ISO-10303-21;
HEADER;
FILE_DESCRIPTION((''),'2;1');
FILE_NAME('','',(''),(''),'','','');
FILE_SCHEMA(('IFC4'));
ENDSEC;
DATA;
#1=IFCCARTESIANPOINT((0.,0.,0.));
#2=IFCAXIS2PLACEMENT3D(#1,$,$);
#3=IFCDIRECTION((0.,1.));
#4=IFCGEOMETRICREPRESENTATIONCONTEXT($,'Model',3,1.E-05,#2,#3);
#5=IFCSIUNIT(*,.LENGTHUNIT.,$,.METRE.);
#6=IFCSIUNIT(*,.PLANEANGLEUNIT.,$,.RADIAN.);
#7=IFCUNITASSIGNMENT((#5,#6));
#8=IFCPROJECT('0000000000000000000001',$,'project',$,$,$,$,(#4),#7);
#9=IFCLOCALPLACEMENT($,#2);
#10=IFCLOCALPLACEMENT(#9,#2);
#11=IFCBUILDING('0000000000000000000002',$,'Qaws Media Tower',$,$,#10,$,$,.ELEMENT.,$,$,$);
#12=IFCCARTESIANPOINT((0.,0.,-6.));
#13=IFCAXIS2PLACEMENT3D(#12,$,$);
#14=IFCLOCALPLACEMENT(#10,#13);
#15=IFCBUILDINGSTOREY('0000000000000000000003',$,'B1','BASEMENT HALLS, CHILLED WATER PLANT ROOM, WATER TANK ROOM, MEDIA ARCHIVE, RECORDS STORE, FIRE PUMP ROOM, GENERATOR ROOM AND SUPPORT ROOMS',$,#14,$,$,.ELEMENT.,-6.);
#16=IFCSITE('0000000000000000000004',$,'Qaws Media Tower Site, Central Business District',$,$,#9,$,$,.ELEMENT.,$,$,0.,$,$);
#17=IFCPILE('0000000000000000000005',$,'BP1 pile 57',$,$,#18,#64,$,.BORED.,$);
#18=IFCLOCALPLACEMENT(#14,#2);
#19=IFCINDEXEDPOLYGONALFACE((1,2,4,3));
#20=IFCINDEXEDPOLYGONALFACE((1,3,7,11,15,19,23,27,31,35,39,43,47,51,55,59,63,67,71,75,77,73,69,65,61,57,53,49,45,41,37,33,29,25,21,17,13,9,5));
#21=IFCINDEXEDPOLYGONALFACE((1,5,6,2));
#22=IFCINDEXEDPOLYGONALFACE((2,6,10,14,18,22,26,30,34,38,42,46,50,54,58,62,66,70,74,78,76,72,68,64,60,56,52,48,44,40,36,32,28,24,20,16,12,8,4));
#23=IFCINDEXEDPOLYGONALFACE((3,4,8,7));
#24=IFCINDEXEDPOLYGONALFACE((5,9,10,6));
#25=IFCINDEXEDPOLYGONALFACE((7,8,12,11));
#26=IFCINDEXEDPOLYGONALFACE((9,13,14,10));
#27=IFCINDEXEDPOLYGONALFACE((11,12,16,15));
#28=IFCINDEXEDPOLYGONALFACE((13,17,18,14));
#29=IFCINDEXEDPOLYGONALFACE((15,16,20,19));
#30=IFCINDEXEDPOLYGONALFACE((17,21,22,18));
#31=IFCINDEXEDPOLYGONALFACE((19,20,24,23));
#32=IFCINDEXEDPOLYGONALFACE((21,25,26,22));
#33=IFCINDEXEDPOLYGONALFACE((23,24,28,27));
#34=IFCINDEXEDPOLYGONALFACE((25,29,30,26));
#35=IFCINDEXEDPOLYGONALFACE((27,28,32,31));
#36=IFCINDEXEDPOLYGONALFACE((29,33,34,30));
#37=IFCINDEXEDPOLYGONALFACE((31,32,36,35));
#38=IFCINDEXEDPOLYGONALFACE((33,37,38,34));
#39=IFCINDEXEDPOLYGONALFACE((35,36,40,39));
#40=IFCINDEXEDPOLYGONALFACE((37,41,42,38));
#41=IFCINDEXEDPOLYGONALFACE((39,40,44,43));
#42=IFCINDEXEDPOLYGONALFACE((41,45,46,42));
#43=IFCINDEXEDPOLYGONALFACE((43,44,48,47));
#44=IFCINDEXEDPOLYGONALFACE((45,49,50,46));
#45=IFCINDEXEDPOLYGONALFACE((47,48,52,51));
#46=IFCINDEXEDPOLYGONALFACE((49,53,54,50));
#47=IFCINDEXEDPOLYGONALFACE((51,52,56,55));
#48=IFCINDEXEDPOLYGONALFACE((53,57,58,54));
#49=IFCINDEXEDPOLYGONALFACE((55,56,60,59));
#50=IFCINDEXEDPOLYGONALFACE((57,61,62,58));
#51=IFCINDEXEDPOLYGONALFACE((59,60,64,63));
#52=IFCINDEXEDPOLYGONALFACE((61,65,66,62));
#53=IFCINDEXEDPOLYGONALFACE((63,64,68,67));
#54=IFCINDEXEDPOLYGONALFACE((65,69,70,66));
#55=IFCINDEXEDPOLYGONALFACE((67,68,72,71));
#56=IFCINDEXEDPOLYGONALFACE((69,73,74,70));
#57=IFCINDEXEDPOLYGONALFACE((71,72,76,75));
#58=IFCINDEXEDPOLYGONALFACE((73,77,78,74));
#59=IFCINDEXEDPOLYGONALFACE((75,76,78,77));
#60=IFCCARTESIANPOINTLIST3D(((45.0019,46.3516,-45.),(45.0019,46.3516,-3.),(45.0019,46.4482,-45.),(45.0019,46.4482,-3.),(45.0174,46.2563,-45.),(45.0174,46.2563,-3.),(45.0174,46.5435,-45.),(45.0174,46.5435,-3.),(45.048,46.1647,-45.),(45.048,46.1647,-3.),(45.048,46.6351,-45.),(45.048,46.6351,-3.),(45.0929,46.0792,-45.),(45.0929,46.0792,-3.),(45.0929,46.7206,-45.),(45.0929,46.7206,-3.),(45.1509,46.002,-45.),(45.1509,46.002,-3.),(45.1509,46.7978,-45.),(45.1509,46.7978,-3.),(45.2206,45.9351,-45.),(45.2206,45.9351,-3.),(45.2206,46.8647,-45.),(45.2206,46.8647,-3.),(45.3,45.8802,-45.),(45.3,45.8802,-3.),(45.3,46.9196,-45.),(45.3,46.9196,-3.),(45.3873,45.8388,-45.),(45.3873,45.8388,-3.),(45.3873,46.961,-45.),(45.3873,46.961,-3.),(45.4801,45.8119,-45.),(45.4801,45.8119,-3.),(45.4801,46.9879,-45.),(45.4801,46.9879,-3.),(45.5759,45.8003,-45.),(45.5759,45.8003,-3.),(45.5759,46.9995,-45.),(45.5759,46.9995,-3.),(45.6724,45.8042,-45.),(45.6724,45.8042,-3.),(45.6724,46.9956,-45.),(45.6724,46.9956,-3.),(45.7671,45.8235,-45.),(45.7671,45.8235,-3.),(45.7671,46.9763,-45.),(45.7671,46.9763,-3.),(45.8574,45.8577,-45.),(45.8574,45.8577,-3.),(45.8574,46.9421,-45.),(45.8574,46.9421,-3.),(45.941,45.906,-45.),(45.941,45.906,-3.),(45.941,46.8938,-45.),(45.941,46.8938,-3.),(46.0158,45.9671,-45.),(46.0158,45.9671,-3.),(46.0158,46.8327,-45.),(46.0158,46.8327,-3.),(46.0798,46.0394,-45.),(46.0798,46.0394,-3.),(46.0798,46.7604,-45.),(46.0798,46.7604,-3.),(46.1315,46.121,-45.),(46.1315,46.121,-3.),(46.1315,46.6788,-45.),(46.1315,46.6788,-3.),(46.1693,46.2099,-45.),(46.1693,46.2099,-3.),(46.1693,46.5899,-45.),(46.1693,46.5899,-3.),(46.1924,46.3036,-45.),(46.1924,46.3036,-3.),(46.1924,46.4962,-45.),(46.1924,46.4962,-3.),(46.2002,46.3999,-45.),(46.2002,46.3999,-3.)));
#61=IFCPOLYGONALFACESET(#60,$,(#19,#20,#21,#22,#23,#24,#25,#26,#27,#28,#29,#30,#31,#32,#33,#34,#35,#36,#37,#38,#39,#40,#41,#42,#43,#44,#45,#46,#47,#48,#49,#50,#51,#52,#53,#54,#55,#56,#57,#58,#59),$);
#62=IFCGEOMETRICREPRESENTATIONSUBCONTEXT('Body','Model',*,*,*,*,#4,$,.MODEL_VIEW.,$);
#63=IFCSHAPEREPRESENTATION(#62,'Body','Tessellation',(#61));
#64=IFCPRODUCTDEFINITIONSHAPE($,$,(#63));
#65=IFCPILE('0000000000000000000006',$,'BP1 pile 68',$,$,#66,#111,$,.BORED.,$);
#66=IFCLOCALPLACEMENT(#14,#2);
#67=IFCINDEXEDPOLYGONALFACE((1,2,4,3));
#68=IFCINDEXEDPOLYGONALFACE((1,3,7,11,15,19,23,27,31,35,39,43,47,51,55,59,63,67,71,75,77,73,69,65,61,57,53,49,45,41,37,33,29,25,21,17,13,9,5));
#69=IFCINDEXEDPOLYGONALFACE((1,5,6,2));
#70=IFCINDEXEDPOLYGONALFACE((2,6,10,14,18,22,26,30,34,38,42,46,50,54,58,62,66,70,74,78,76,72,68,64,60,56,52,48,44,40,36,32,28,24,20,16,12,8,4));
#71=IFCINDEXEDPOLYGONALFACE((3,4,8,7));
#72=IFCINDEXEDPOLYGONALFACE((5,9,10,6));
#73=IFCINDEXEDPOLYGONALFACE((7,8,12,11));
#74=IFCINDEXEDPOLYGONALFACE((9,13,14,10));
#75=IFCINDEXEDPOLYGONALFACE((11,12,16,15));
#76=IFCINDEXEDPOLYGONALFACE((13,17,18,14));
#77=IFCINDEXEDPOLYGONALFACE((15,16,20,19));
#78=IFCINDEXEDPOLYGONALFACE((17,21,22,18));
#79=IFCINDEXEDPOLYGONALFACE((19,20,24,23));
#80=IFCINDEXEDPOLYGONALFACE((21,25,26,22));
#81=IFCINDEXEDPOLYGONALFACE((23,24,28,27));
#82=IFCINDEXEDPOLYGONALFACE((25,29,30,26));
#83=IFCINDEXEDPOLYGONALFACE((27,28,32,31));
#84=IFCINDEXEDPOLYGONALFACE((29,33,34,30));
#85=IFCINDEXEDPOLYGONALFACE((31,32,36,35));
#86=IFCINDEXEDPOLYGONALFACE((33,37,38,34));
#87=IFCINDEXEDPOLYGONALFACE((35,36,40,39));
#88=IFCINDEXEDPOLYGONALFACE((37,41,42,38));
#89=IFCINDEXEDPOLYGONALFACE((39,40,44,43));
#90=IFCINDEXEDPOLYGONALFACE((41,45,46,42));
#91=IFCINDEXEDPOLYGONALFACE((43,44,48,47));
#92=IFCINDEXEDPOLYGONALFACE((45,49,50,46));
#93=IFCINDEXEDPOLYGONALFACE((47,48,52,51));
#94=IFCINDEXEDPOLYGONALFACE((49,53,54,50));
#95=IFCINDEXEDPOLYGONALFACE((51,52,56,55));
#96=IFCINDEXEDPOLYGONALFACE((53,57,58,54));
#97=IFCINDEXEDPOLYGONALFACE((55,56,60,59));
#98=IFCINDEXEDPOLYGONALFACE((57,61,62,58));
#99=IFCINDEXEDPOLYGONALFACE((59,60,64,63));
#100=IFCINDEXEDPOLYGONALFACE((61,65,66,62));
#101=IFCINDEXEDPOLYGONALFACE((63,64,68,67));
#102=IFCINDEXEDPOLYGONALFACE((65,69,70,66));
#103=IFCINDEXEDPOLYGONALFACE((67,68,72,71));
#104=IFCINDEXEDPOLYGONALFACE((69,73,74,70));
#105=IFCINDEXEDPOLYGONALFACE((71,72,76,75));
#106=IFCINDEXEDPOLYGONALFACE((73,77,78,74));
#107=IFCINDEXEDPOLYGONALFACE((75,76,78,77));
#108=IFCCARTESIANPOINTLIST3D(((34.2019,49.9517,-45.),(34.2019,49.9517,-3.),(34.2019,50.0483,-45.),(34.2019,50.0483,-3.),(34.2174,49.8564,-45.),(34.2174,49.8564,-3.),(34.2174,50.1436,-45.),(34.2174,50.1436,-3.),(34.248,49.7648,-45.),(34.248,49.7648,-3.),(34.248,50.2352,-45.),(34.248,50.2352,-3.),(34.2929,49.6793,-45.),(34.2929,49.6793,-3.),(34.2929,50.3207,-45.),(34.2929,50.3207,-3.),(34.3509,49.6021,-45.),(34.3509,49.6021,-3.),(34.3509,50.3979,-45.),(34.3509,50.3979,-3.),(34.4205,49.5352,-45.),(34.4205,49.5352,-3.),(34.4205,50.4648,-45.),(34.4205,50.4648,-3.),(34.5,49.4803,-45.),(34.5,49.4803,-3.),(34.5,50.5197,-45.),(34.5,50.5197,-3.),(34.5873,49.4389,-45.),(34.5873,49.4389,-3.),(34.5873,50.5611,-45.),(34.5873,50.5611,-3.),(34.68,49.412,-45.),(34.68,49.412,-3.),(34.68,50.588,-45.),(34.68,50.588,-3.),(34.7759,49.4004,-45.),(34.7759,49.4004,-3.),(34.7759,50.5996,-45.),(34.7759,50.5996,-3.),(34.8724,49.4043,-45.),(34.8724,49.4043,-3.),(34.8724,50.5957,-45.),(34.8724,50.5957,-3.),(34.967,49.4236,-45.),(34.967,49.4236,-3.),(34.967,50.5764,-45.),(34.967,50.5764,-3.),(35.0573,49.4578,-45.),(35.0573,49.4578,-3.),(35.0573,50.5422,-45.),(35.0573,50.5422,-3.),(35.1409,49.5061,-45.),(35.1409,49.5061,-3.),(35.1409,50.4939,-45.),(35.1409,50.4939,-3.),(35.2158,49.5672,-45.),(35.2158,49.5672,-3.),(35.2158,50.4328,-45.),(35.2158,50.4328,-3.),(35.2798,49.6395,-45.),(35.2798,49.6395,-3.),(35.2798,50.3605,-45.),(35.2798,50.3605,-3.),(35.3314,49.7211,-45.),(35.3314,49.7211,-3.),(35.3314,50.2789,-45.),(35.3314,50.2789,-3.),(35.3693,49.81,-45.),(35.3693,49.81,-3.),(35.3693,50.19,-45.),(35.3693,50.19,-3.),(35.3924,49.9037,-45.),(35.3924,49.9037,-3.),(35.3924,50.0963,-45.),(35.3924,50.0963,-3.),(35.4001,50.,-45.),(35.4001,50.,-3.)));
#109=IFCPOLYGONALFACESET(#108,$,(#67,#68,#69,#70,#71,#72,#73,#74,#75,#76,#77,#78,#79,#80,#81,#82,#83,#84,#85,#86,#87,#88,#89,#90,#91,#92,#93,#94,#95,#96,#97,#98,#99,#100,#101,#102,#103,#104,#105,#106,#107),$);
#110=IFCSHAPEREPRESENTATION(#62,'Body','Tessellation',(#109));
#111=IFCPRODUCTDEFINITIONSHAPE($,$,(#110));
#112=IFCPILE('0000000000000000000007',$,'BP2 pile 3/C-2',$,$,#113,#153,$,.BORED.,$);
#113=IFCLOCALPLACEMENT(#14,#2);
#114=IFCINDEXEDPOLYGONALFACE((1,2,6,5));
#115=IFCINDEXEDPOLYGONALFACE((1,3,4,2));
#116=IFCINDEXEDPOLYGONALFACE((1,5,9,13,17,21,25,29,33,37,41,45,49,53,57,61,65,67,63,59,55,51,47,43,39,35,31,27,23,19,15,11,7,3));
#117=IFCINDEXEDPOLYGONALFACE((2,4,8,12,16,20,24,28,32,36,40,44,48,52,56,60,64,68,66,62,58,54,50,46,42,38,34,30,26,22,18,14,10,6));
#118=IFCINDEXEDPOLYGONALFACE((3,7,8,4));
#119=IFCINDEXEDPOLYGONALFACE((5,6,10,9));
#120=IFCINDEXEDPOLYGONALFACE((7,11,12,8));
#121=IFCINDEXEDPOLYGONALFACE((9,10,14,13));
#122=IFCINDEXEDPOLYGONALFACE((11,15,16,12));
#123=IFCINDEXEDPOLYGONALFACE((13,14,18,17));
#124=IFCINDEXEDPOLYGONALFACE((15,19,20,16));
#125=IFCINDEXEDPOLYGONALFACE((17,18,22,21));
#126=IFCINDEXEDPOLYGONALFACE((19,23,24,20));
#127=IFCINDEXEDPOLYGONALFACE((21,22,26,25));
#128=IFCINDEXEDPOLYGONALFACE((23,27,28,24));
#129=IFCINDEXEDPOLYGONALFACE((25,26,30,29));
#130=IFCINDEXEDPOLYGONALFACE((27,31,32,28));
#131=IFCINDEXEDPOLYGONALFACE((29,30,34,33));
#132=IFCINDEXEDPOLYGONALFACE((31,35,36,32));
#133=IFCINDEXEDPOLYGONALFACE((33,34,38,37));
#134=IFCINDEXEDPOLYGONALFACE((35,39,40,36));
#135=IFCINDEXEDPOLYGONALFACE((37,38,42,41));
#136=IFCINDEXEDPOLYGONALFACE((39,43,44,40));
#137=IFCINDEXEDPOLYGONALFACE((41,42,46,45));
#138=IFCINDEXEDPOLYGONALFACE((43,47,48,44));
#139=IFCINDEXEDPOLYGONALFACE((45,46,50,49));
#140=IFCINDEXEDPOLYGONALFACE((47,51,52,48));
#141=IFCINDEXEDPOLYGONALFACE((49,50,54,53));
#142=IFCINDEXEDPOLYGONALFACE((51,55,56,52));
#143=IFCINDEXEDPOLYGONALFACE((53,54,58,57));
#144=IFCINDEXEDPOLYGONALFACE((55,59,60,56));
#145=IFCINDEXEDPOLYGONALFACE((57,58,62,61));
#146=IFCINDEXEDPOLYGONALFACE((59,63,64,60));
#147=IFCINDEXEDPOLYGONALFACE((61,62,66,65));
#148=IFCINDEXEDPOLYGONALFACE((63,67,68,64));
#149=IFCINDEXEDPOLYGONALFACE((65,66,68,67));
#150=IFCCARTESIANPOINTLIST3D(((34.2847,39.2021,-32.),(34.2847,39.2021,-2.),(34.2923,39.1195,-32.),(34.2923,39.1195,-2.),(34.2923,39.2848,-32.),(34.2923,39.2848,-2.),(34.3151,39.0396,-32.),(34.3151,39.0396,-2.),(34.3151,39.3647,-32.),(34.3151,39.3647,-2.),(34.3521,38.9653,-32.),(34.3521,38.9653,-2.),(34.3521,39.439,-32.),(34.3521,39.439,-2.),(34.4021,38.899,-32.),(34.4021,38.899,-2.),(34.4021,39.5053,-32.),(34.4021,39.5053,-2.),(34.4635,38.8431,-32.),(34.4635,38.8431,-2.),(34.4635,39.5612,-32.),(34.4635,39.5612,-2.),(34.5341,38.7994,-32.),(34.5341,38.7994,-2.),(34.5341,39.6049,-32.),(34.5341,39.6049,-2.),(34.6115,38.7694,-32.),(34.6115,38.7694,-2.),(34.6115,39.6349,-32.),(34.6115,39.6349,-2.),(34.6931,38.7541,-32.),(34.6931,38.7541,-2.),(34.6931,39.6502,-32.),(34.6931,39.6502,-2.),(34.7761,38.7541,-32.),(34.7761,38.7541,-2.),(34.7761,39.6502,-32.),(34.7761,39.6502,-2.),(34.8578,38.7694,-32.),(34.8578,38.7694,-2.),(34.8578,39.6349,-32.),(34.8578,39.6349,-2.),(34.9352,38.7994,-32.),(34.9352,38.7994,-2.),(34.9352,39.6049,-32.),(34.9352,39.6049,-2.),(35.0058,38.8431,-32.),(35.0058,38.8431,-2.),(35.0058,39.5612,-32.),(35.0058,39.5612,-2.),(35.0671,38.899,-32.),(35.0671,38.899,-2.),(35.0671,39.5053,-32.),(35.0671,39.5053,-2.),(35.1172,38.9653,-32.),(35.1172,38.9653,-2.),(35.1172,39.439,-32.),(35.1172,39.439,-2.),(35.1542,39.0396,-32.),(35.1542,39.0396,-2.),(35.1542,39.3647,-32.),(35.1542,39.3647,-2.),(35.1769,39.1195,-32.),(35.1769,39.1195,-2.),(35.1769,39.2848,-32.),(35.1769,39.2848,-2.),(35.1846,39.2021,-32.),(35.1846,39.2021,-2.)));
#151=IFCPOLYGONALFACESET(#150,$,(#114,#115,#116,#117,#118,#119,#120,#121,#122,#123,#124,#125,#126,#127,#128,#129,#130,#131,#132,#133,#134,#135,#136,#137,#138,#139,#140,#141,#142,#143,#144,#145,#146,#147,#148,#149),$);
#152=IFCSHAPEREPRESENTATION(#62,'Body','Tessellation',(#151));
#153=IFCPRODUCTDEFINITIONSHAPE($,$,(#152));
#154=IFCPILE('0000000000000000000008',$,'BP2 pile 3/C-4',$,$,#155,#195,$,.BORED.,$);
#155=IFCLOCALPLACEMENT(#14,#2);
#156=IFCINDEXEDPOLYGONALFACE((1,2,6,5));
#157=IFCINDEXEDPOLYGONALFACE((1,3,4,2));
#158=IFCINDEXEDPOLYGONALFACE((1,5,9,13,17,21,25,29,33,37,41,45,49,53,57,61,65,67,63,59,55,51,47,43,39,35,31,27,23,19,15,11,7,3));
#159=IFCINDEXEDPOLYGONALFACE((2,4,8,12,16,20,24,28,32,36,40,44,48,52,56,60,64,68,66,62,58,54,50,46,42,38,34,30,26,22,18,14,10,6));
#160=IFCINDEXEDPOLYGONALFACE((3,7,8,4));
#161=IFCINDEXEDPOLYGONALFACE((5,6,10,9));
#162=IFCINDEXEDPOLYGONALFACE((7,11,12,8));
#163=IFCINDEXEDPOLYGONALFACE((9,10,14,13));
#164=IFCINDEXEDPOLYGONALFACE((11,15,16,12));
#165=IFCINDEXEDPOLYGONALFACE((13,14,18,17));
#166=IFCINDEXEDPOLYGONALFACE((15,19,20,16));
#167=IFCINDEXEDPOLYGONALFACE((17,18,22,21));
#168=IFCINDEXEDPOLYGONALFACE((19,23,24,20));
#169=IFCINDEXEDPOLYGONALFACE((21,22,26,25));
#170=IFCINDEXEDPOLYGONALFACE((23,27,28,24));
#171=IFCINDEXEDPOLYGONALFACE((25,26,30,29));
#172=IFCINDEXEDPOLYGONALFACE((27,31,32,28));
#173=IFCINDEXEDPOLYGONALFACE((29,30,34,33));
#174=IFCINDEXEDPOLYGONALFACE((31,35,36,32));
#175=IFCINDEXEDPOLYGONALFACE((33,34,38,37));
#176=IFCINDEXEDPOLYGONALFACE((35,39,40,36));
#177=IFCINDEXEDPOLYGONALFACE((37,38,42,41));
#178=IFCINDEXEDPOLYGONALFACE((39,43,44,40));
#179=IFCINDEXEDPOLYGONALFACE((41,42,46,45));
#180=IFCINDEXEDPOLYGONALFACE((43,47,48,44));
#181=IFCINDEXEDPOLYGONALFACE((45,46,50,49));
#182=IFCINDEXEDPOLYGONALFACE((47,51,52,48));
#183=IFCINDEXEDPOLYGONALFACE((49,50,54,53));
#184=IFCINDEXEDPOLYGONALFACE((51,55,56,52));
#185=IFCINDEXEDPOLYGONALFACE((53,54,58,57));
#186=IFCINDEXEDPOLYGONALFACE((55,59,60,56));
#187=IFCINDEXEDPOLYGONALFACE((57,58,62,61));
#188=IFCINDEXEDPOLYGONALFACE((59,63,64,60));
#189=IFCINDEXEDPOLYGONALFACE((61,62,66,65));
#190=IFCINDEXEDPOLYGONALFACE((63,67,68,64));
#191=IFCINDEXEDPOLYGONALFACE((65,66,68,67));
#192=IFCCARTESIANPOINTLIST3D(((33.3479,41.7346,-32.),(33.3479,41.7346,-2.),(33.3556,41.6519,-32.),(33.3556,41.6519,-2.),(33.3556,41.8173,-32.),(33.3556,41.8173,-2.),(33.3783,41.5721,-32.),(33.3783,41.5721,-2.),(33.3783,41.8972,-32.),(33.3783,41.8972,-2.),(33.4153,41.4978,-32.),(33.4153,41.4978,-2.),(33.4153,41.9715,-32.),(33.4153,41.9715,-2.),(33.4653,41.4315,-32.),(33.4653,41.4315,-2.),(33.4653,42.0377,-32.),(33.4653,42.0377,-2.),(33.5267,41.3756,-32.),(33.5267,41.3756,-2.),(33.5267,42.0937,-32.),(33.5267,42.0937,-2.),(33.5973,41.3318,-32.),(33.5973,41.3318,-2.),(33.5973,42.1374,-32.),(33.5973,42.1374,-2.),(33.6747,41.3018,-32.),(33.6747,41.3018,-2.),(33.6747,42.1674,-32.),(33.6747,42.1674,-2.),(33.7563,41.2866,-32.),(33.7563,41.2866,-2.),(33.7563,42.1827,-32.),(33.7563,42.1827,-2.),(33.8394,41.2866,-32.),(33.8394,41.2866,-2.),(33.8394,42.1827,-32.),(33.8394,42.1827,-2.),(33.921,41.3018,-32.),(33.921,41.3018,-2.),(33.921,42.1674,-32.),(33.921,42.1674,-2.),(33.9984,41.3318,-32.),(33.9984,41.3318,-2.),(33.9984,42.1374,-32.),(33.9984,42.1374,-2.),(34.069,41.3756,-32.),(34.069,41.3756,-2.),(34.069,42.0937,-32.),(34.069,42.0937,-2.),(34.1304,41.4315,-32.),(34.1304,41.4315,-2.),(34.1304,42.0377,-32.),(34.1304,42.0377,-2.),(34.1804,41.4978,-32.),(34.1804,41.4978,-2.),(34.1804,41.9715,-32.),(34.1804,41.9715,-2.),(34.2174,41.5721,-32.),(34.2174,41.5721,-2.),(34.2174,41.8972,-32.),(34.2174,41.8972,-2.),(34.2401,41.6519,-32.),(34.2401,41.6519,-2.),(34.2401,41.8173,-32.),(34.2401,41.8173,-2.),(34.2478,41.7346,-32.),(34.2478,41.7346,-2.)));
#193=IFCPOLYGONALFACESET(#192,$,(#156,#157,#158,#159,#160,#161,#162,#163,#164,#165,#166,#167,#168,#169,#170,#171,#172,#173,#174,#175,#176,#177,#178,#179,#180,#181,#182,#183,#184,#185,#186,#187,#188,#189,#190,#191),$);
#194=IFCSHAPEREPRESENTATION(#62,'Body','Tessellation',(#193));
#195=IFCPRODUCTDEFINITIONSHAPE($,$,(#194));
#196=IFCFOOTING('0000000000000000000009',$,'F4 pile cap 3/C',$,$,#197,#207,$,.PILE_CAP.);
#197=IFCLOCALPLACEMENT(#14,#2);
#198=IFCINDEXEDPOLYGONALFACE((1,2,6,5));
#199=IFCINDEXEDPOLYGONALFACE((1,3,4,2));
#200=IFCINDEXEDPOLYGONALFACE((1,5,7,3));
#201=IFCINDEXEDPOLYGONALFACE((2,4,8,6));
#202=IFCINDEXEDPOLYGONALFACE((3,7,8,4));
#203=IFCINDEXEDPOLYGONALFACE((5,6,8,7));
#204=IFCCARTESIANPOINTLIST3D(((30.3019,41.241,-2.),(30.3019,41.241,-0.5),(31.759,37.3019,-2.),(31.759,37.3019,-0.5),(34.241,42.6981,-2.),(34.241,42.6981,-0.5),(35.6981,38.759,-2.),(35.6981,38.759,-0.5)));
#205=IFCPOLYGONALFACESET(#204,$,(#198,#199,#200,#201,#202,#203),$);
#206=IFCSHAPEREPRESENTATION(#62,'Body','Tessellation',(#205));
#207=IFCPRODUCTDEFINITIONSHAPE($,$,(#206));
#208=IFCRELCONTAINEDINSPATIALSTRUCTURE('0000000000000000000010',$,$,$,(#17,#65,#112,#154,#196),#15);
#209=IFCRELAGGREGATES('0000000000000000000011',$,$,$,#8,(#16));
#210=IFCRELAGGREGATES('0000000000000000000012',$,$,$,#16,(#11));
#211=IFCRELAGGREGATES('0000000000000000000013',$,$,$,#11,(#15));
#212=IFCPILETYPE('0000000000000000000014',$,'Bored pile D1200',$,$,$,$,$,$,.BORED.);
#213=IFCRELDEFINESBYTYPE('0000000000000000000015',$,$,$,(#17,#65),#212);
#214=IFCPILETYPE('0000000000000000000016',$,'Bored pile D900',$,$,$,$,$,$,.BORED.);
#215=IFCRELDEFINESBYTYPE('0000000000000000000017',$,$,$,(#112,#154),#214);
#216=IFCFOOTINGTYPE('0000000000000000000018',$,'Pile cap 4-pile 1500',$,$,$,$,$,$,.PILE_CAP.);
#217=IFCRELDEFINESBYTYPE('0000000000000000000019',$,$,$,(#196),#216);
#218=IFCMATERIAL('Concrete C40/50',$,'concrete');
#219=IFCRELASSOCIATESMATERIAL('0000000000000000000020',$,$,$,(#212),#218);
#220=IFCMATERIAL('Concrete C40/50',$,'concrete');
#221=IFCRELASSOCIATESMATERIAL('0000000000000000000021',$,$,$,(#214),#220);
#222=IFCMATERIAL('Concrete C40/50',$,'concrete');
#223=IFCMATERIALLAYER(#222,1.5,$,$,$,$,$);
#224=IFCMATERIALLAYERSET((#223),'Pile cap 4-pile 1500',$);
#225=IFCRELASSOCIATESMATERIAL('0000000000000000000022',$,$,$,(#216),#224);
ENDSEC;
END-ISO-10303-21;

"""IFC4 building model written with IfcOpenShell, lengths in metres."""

from ifc_helpers import new_model, si_unit, direction, frame, origin, origin_2d, place, context, subcontext, project, spatial, rectangle, circle, extrude, material, layer, layer_set, material_profile, profile_set, type_object, element, save


model = new_model("IFC4")

# Units and contexts
model_context = context("Model", 3, precision=1e-05, world=origin(), true_north=direction((0.0, 1.0)))
body_context = subcontext(model_context, "Body", "Model", "MODEL_VIEW")
ifc_project = project(units=[si_unit("LENGTHUNIT", "METRE"), si_unit("PLANEANGLEUNIT", "RADIAN")], contexts=[model_context])

# Site, building, storey
site_placement = place(None, origin())
site = spatial("IfcSite", under=ifc_project, at=site_placement, Name="Qaws Media Tower Site, Central Business District", CompositionType="ELEMENT", RefElevation=0.0)
building_placement = place(site_placement, origin())
building = spatial("IfcBuilding", under=site, at=building_placement, Name="Qaws Media Tower", CompositionType="ELEMENT")
storey_placement = place(building_placement, frame((0.0, 0.0, -6.0)))
storey = spatial("IfcBuildingStorey", under=building, at=storey_placement, Name="B1", Description="BASEMENT HALLS, CHILLED WATER PLANT ROOM, WATER TANK ROOM, MEDIA ARCHIVE, RECORDS STORE, FIRE PUMP ROOM, GENERATOR ROOM AND SUPPORT ROOMS", CompositionType="ELEMENT", Elevation=-6.0)

# Piles
ifc_material_1 = material(Name="Concrete C40/50", Category="concrete")
ifc_material_profile_1 = material_profile(ifc_material_1, circle(Radius=0.6001, at=origin_2d()), Name="D1200")
ifc_profile_set_1 = profile_set([ifc_material_profile_1], Name="Concrete C40/50")
pile_type_1 = type_object("IfcPileType", Name="Bored pile D1200", PredefinedType="BORED", material=ifc_profile_set_1)
for number, where, z_axis, x_axis, name in (
    (1, (45.6001, 46.3999, -3.0), (0.0, 0.0, -1.0), (1.0, 0.0, 0.0), "BP1 pile 57"),
    (2, (34.8, 50.0, -3.0), (0.0, 0.0, -1.0), (1.0, 0.0, 0.0), "BP1 pile 68"),
):
    element("IfcPile", number, at=place(storey_placement, frame(where, z_axis=z_axis, x_axis=x_axis)), inside=storey, type_object=pile_type_1, Name=name, PredefinedType="BORED", context=body_context, shape_type="SweptSolid", body=[
        extrude(circle(Radius=0.6001, at=origin_2d()), origin(), (0.0, 0.0, 1.0), 42.0),
    ])
ifc_material_2 = material(Name="Concrete C40/50", Category="concrete")
ifc_material_profile_2 = material_profile(ifc_material_2, circle(Radius=0.45, at=origin_2d()), Name="D900")
ifc_profile_set_2 = profile_set([ifc_material_profile_2], Name="Concrete C40/50")
pile_type_2 = type_object("IfcPileType", Name="Bored pile D900", PredefinedType="BORED", material=ifc_profile_set_2)
for number, where, z_axis, x_axis, name in (
    (3, (34.7346, 39.2021, -2.0), (0.0, 0.0, -1.0), (1.0, 0.0, 0.0), "BP2 pile 3/C-2"),
    (4, (33.7979, 41.7346, -2.0), (0.0, 0.0, -1.0), (1.0, 0.0, 0.0), "BP2 pile 3/C-4"),
):
    element("IfcPile", number, at=place(storey_placement, frame(where, z_axis=z_axis, x_axis=x_axis)), inside=storey, type_object=pile_type_2, Name=name, PredefinedType="BORED", context=body_context, shape_type="SweptSolid", body=[
        extrude(circle(Radius=0.45, at=origin_2d()), origin(), (0.0, 0.0, 1.0), 30.0),
    ])

# Footing
ifc_material_3 = material(Name="Concrete C40/50", Category="concrete")
ifc_layer_1 = layer(ifc_material_3, 1.5)
ifc_layer_set_1 = layer_set([ifc_layer_1], Name="Pile cap 4-pile 1500")
footing_type = type_object("IfcFootingType", Name="Pile cap 4-pile 1500", PredefinedType="PILE_CAP", material=ifc_layer_set_1)
footing_placement = place(storey_placement, frame((33.0, 40.0, -2.0), z_axis=(0.0, 0.0, 1.0), x_axis=(0.937889, 0.346936, 0.0)))
element("IfcFooting", 5, at=footing_placement, inside=storey, type_object=footing_type, Name="F4 pile cap 3/C", PredefinedType="PILE_CAP", context=body_context, shape_type="SweptSolid", body=[
    extrude(rectangle(XDim=4.2, YDim=4.2, at=origin_2d()), origin(), (0.0, 0.0, 1.0), 1.5),
])

save(model, "model.ifc")
